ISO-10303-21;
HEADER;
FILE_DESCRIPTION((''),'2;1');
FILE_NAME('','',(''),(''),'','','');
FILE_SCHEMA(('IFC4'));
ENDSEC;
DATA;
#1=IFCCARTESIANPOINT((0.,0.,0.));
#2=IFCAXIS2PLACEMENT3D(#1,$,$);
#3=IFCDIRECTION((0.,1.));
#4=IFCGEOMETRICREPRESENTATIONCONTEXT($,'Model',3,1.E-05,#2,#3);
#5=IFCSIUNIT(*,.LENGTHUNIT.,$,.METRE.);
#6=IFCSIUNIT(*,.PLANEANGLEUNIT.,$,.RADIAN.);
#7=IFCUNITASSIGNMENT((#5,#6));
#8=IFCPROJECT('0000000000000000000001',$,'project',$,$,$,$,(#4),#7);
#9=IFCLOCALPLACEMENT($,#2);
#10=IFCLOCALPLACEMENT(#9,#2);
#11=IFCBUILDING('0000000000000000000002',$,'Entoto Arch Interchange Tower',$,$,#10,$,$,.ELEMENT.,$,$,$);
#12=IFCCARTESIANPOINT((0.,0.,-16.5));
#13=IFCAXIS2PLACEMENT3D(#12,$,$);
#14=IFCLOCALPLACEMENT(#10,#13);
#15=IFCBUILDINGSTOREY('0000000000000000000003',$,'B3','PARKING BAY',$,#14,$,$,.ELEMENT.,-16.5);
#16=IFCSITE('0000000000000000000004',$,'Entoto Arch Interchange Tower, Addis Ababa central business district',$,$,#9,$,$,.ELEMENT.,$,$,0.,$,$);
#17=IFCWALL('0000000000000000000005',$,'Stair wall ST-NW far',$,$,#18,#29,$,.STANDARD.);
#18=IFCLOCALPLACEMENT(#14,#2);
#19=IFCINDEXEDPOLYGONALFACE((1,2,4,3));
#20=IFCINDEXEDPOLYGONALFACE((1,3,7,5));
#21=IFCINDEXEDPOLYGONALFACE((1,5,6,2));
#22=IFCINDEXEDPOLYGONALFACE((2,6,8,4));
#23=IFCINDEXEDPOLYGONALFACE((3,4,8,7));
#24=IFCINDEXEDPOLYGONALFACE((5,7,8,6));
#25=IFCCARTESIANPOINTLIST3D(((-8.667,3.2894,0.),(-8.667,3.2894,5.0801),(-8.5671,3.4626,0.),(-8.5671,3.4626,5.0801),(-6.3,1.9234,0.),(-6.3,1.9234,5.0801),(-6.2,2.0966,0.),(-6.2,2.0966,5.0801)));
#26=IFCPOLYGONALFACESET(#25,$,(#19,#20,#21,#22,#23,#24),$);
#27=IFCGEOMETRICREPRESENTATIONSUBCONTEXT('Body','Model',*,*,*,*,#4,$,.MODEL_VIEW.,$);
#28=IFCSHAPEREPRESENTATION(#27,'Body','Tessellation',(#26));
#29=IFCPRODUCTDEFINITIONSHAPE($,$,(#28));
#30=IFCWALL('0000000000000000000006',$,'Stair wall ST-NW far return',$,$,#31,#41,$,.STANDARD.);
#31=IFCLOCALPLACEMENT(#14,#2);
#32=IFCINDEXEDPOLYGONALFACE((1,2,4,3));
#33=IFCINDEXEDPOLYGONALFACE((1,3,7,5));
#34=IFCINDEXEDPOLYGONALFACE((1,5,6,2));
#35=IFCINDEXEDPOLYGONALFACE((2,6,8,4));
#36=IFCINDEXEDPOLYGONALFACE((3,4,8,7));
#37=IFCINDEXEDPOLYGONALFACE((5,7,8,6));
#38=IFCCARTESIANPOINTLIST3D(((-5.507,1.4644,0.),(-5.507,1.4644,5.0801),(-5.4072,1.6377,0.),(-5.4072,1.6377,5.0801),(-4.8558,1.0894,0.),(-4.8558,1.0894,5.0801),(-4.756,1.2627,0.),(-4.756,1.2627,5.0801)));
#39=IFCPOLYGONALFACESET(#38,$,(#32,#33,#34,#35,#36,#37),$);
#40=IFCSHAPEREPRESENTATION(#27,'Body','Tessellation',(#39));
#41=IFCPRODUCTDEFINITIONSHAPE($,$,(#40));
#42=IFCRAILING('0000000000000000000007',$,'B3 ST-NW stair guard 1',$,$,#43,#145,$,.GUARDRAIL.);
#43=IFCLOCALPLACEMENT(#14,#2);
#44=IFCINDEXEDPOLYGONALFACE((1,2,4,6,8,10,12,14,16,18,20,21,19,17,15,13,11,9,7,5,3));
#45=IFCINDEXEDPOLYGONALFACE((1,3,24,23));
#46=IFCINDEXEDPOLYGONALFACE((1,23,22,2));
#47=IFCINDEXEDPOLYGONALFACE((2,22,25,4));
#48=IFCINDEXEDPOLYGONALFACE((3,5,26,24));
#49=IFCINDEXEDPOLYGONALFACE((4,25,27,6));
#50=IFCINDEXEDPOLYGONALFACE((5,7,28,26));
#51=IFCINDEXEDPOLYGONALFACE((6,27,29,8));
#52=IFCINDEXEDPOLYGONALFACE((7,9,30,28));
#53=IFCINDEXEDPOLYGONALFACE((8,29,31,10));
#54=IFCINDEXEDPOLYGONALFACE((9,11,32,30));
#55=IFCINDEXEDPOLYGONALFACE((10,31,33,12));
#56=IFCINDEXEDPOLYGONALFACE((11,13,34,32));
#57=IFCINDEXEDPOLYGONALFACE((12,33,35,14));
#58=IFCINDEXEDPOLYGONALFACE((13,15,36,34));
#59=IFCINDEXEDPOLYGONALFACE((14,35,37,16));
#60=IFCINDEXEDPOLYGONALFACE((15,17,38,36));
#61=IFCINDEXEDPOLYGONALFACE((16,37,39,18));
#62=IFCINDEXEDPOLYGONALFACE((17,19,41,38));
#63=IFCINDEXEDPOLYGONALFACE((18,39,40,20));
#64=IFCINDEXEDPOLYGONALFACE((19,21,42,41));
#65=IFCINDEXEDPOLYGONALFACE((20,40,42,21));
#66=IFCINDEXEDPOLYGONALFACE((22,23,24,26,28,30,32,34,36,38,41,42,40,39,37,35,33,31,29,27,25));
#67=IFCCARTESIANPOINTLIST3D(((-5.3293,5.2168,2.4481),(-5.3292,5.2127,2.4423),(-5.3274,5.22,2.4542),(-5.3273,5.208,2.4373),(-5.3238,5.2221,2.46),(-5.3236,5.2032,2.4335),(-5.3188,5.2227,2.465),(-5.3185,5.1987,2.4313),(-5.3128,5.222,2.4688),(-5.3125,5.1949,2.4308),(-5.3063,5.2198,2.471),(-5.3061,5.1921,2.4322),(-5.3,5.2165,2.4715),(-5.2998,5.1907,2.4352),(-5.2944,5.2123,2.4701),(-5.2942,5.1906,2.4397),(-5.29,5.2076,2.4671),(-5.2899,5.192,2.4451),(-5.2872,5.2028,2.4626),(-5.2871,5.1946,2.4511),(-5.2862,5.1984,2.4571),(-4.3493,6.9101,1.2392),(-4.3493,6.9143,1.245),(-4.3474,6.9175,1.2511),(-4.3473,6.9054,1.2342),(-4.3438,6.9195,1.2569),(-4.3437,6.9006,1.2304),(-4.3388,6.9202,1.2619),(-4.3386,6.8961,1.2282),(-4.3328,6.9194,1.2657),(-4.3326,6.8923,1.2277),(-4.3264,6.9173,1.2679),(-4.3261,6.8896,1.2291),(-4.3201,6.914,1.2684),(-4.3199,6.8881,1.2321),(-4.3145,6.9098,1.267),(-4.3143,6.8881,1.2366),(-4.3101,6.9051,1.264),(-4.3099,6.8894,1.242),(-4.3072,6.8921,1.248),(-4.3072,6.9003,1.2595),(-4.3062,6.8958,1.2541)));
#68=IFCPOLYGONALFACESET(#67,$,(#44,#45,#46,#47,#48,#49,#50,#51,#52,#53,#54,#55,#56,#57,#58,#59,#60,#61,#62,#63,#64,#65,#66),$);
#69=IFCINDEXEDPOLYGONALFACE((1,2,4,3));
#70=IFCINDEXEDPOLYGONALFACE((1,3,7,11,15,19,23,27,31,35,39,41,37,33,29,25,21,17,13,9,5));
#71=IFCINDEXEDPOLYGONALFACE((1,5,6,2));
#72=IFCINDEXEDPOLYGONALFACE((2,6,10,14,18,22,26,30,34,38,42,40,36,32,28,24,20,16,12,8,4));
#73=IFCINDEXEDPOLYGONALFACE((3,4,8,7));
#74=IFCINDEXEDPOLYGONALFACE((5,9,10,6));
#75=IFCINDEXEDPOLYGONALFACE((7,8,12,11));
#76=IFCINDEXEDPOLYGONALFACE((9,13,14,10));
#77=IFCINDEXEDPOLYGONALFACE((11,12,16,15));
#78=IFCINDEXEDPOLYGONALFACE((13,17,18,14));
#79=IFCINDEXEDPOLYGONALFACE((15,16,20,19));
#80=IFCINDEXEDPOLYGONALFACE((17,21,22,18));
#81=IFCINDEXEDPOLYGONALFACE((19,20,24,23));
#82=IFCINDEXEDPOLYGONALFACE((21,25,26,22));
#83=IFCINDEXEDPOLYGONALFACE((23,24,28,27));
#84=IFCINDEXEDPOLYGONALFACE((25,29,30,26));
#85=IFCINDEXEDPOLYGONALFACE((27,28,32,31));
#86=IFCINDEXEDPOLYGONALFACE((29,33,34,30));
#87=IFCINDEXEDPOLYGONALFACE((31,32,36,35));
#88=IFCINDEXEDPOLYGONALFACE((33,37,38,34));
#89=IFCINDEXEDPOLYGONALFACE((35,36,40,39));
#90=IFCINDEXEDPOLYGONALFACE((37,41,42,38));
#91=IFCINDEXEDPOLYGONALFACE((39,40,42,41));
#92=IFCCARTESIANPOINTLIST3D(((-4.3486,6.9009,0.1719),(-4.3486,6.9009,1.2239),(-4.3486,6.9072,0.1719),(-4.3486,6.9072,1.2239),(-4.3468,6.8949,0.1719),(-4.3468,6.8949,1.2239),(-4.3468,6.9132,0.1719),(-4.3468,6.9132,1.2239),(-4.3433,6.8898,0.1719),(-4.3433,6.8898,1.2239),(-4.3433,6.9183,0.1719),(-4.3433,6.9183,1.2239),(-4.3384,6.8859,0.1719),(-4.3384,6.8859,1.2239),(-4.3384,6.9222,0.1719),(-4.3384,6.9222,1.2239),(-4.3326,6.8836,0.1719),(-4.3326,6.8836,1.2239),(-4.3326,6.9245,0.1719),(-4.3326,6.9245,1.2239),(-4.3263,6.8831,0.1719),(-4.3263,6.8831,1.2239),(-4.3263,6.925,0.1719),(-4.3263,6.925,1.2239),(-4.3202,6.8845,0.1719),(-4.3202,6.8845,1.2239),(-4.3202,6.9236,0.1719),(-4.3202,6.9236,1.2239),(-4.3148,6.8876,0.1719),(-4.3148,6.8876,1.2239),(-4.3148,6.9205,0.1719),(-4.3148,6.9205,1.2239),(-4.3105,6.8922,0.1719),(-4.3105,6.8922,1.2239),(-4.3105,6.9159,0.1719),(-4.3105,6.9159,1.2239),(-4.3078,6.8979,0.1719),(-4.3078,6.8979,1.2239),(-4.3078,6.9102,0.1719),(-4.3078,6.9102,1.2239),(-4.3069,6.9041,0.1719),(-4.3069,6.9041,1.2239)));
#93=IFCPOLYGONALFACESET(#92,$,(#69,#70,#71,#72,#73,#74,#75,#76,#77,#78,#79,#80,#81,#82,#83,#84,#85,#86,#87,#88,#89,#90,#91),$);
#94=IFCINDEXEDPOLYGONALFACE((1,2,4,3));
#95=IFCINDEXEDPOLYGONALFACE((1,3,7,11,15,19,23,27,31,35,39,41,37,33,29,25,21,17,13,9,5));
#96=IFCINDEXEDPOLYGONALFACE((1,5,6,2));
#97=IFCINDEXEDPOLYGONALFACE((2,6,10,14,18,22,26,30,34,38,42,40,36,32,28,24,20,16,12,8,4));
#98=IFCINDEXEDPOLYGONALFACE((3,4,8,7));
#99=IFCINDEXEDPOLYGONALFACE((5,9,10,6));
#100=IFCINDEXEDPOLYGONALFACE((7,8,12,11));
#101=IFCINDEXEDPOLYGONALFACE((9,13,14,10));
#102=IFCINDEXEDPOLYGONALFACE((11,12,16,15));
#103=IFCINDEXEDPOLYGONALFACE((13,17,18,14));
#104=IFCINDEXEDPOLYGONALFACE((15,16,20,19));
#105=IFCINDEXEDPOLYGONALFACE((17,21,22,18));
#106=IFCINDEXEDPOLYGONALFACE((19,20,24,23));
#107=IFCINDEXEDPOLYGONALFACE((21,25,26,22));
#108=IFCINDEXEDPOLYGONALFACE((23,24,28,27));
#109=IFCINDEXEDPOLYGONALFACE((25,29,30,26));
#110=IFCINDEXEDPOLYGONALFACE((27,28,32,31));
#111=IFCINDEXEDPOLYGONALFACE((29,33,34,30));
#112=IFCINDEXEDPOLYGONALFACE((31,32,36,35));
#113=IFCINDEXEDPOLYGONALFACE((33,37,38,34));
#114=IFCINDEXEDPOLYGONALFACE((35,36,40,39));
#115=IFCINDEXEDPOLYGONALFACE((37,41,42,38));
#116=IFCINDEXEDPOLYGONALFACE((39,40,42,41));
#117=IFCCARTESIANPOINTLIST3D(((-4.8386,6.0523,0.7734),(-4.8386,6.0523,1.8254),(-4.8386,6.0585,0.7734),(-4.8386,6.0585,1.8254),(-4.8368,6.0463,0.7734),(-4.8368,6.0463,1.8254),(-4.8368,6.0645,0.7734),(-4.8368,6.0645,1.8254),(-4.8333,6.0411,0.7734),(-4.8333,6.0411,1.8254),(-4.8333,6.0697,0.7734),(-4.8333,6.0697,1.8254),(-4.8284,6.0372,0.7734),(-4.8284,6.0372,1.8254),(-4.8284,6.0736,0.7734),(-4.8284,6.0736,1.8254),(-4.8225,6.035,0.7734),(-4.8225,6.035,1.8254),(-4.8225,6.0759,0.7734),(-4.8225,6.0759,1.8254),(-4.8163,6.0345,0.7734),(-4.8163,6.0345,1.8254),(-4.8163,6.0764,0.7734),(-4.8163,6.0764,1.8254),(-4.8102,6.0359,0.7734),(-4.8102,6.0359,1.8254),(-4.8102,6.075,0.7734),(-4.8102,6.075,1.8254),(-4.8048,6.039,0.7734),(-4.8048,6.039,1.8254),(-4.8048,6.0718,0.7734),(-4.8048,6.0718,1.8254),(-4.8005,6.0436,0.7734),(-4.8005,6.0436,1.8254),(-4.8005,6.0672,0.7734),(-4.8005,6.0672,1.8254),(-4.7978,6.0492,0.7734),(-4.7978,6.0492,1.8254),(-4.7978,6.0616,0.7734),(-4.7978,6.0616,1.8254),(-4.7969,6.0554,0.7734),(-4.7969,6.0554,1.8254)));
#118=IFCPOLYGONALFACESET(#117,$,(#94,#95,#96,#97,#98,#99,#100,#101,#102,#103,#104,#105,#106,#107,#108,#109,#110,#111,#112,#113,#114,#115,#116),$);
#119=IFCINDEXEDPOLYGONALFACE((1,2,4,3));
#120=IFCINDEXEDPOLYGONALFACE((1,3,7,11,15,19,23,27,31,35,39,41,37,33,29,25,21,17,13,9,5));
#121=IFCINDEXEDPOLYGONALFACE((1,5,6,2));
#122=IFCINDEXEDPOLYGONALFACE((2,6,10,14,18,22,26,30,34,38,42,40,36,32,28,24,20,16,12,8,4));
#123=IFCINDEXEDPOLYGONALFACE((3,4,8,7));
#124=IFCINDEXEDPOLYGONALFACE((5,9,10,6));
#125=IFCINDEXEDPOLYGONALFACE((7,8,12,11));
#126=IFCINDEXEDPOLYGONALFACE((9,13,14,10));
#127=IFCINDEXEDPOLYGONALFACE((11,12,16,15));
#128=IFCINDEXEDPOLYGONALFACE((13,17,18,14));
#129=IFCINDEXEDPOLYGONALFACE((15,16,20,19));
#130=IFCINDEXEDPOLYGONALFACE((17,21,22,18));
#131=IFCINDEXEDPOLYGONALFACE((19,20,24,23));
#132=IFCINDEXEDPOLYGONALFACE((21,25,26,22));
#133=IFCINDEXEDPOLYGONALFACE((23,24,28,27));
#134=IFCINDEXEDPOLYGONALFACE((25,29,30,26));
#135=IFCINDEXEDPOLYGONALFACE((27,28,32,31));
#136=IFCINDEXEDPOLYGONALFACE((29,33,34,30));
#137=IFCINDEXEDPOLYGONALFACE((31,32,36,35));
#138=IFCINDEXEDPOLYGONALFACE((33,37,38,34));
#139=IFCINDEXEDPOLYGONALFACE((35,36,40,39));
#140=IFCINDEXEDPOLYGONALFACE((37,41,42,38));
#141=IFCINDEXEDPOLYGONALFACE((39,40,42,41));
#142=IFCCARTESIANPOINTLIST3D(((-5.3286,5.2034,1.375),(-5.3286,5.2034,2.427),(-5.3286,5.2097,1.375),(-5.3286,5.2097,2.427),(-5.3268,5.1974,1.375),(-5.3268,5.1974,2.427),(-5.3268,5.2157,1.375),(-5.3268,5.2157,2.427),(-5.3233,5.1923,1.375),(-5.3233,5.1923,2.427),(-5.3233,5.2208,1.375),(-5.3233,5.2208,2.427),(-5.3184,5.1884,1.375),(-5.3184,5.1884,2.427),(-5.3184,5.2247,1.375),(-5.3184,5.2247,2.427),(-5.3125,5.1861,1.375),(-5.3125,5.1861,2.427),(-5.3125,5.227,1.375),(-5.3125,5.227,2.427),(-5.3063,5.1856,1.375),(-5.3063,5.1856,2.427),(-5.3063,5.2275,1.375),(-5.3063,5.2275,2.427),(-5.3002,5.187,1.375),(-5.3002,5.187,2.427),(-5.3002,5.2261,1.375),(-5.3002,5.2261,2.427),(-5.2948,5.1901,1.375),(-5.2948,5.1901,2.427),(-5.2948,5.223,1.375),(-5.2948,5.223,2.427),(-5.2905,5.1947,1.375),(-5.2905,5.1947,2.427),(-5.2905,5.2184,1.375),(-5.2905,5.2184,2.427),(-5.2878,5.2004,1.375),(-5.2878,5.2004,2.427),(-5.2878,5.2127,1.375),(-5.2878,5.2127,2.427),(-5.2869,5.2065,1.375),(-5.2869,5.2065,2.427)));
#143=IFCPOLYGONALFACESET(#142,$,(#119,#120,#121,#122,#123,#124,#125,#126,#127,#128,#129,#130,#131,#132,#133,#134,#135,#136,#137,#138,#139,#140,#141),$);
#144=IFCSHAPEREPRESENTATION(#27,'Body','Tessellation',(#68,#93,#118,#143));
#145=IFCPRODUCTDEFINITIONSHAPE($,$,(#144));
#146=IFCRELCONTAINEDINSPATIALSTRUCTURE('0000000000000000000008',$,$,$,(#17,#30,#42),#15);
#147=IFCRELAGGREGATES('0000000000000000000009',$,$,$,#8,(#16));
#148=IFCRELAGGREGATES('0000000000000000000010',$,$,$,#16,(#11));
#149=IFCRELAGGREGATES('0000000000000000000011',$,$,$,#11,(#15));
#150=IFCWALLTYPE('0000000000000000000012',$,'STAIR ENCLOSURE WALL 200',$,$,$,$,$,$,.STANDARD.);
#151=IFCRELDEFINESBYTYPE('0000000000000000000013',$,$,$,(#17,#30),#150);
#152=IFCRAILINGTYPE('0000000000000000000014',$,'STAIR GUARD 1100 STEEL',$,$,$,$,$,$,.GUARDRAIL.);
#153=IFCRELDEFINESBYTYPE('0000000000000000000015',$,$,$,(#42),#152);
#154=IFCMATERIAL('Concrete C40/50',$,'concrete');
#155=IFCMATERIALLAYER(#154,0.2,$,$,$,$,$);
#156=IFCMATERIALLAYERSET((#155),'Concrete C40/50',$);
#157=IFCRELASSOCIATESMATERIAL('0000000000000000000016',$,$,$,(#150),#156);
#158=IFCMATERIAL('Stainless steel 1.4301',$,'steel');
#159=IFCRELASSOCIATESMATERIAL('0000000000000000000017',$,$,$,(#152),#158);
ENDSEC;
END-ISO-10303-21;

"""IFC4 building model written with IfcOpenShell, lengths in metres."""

from ifc_helpers import new_model, si_unit, direction, frame, frame_2d, origin, origin_2d, place, context, subcontext, project, spatial, rectangle, circle, extrude, material, layer, layer_set, type_object, element, save


model = new_model("IFC4")

# Units and contexts
model_context = context("Model", 3, precision=1e-05, world=origin(), true_north=direction((0.0, 1.0)))
body_context = subcontext(model_context, "Body", "Model", "MODEL_VIEW")
ifc_project = project(units=[si_unit("LENGTHUNIT", "METRE"), si_unit("PLANEANGLEUNIT", "RADIAN")], contexts=[model_context])

# Site, building, storey
site_placement = place(None, origin())
site = spatial("IfcSite", under=ifc_project, at=site_placement, Name="Entoto Arch Interchange Tower, Addis Ababa central business district", CompositionType="ELEMENT", RefElevation=0.0)
building_placement = place(site_placement, origin())
building = spatial("IfcBuilding", under=site, at=building_placement, Name="Entoto Arch Interchange Tower", CompositionType="ELEMENT")
storey_placement = place(building_placement, frame((0.0, 0.0, -16.5)))
storey = spatial("IfcBuildingStorey", under=building, at=storey_placement, Name="B3", Description="PARKING BAY", CompositionType="ELEMENT", Elevation=-16.5)

# Shared definitions
ifc_material_1 = material(Name="Concrete C40/50", Category="concrete")

# Walls
ifc_layer_1 = layer(ifc_material_1, 0.2)
ifc_layer_set_1 = layer_set([ifc_layer_1], Name="Concrete C40/50")
wall_type_1 = type_object("IfcWallType", Name="STAIR ENCLOSURE WALL 200", PredefinedType="STANDARD", material=ifc_layer_set_1)
wall_1_placement = place(storey_placement, frame((-6.25, 2.01, 0.0), z_axis=(0.0, 0.0, 1.0), x_axis=(-0.866119, 0.499838, 0.0)))
element("IfcWall", 1, at=wall_1_placement, inside=storey, type_object=wall_type_1, Name="Stair wall ST-NW far", PredefinedType="STANDARD", context=body_context, shape_type="SweptSolid", body=[
    extrude(rectangle(XDim=2.7329, YDim=0.2, at=frame_2d((1.3665, 0.0))), origin(), (0.0, 0.0, 1.0), 5.0801),
])
wall_2_placement = place(storey_placement, frame((-4.8059, 1.176, 0.0), z_axis=(0.0, 0.0, 1.0), x_axis=(-0.866559, 0.499075, 0.0)))
element("IfcWall", 2, at=wall_2_placement, inside=storey, type_object=wall_type_1, Name="Stair wall ST-NW far return", PredefinedType="STANDARD", context=body_context, shape_type="SweptSolid", body=[
    extrude(rectangle(XDim=0.7515, YDim=0.2, at=frame_2d((0.3757, 0.0))), origin(), (0.0, 0.0, 1.0), 5.0801),
])

# Railing
ifc_material_2 = material(Name="Stainless steel 1.4301", Category="steel")
railing_type_1 = type_object("IfcRailingType", Name="STAIR GUARD 1100 STEEL", PredefinedType="GUARDRAIL", material=ifc_material_2)
railing_1_placement = place(storey_placement, frame((-4.3279, 6.9041, 0.1719)))
element("IfcRailing", 3, at=railing_1_placement, inside=storey, type_object=railing_type_1, Name="B3 ST-NW stair guard 1", PredefinedType="GUARDRAIL", context=body_context, shape_type="SweptSolid", body=[
    extrude(circle(Radius=0.0239, at=origin_2d()), frame((0.0, 0.0, 1.0762), z_axis=(-0.426102, -0.738089, 0.523127), x_axis=(0.866042, -0.49997, 0.0)), (0.0, 0.0, 1.0), 2.2998),
    extrude(circle(Radius=0.021, at=origin_2d()), origin(), (0.0, 0.0, 1.0), 1.052),
    extrude(circle(Radius=0.021, at=origin_2d()), frame((-0.49, -0.8486, 0.6016)), (0.0, 0.0, 1.0), 1.052),
    extrude(circle(Radius=0.021, at=origin_2d()), frame((-0.98, -1.6975, 1.2031)), (0.0, 0.0, 1.0), 1.052),
])

save(model, "model.ifc")
